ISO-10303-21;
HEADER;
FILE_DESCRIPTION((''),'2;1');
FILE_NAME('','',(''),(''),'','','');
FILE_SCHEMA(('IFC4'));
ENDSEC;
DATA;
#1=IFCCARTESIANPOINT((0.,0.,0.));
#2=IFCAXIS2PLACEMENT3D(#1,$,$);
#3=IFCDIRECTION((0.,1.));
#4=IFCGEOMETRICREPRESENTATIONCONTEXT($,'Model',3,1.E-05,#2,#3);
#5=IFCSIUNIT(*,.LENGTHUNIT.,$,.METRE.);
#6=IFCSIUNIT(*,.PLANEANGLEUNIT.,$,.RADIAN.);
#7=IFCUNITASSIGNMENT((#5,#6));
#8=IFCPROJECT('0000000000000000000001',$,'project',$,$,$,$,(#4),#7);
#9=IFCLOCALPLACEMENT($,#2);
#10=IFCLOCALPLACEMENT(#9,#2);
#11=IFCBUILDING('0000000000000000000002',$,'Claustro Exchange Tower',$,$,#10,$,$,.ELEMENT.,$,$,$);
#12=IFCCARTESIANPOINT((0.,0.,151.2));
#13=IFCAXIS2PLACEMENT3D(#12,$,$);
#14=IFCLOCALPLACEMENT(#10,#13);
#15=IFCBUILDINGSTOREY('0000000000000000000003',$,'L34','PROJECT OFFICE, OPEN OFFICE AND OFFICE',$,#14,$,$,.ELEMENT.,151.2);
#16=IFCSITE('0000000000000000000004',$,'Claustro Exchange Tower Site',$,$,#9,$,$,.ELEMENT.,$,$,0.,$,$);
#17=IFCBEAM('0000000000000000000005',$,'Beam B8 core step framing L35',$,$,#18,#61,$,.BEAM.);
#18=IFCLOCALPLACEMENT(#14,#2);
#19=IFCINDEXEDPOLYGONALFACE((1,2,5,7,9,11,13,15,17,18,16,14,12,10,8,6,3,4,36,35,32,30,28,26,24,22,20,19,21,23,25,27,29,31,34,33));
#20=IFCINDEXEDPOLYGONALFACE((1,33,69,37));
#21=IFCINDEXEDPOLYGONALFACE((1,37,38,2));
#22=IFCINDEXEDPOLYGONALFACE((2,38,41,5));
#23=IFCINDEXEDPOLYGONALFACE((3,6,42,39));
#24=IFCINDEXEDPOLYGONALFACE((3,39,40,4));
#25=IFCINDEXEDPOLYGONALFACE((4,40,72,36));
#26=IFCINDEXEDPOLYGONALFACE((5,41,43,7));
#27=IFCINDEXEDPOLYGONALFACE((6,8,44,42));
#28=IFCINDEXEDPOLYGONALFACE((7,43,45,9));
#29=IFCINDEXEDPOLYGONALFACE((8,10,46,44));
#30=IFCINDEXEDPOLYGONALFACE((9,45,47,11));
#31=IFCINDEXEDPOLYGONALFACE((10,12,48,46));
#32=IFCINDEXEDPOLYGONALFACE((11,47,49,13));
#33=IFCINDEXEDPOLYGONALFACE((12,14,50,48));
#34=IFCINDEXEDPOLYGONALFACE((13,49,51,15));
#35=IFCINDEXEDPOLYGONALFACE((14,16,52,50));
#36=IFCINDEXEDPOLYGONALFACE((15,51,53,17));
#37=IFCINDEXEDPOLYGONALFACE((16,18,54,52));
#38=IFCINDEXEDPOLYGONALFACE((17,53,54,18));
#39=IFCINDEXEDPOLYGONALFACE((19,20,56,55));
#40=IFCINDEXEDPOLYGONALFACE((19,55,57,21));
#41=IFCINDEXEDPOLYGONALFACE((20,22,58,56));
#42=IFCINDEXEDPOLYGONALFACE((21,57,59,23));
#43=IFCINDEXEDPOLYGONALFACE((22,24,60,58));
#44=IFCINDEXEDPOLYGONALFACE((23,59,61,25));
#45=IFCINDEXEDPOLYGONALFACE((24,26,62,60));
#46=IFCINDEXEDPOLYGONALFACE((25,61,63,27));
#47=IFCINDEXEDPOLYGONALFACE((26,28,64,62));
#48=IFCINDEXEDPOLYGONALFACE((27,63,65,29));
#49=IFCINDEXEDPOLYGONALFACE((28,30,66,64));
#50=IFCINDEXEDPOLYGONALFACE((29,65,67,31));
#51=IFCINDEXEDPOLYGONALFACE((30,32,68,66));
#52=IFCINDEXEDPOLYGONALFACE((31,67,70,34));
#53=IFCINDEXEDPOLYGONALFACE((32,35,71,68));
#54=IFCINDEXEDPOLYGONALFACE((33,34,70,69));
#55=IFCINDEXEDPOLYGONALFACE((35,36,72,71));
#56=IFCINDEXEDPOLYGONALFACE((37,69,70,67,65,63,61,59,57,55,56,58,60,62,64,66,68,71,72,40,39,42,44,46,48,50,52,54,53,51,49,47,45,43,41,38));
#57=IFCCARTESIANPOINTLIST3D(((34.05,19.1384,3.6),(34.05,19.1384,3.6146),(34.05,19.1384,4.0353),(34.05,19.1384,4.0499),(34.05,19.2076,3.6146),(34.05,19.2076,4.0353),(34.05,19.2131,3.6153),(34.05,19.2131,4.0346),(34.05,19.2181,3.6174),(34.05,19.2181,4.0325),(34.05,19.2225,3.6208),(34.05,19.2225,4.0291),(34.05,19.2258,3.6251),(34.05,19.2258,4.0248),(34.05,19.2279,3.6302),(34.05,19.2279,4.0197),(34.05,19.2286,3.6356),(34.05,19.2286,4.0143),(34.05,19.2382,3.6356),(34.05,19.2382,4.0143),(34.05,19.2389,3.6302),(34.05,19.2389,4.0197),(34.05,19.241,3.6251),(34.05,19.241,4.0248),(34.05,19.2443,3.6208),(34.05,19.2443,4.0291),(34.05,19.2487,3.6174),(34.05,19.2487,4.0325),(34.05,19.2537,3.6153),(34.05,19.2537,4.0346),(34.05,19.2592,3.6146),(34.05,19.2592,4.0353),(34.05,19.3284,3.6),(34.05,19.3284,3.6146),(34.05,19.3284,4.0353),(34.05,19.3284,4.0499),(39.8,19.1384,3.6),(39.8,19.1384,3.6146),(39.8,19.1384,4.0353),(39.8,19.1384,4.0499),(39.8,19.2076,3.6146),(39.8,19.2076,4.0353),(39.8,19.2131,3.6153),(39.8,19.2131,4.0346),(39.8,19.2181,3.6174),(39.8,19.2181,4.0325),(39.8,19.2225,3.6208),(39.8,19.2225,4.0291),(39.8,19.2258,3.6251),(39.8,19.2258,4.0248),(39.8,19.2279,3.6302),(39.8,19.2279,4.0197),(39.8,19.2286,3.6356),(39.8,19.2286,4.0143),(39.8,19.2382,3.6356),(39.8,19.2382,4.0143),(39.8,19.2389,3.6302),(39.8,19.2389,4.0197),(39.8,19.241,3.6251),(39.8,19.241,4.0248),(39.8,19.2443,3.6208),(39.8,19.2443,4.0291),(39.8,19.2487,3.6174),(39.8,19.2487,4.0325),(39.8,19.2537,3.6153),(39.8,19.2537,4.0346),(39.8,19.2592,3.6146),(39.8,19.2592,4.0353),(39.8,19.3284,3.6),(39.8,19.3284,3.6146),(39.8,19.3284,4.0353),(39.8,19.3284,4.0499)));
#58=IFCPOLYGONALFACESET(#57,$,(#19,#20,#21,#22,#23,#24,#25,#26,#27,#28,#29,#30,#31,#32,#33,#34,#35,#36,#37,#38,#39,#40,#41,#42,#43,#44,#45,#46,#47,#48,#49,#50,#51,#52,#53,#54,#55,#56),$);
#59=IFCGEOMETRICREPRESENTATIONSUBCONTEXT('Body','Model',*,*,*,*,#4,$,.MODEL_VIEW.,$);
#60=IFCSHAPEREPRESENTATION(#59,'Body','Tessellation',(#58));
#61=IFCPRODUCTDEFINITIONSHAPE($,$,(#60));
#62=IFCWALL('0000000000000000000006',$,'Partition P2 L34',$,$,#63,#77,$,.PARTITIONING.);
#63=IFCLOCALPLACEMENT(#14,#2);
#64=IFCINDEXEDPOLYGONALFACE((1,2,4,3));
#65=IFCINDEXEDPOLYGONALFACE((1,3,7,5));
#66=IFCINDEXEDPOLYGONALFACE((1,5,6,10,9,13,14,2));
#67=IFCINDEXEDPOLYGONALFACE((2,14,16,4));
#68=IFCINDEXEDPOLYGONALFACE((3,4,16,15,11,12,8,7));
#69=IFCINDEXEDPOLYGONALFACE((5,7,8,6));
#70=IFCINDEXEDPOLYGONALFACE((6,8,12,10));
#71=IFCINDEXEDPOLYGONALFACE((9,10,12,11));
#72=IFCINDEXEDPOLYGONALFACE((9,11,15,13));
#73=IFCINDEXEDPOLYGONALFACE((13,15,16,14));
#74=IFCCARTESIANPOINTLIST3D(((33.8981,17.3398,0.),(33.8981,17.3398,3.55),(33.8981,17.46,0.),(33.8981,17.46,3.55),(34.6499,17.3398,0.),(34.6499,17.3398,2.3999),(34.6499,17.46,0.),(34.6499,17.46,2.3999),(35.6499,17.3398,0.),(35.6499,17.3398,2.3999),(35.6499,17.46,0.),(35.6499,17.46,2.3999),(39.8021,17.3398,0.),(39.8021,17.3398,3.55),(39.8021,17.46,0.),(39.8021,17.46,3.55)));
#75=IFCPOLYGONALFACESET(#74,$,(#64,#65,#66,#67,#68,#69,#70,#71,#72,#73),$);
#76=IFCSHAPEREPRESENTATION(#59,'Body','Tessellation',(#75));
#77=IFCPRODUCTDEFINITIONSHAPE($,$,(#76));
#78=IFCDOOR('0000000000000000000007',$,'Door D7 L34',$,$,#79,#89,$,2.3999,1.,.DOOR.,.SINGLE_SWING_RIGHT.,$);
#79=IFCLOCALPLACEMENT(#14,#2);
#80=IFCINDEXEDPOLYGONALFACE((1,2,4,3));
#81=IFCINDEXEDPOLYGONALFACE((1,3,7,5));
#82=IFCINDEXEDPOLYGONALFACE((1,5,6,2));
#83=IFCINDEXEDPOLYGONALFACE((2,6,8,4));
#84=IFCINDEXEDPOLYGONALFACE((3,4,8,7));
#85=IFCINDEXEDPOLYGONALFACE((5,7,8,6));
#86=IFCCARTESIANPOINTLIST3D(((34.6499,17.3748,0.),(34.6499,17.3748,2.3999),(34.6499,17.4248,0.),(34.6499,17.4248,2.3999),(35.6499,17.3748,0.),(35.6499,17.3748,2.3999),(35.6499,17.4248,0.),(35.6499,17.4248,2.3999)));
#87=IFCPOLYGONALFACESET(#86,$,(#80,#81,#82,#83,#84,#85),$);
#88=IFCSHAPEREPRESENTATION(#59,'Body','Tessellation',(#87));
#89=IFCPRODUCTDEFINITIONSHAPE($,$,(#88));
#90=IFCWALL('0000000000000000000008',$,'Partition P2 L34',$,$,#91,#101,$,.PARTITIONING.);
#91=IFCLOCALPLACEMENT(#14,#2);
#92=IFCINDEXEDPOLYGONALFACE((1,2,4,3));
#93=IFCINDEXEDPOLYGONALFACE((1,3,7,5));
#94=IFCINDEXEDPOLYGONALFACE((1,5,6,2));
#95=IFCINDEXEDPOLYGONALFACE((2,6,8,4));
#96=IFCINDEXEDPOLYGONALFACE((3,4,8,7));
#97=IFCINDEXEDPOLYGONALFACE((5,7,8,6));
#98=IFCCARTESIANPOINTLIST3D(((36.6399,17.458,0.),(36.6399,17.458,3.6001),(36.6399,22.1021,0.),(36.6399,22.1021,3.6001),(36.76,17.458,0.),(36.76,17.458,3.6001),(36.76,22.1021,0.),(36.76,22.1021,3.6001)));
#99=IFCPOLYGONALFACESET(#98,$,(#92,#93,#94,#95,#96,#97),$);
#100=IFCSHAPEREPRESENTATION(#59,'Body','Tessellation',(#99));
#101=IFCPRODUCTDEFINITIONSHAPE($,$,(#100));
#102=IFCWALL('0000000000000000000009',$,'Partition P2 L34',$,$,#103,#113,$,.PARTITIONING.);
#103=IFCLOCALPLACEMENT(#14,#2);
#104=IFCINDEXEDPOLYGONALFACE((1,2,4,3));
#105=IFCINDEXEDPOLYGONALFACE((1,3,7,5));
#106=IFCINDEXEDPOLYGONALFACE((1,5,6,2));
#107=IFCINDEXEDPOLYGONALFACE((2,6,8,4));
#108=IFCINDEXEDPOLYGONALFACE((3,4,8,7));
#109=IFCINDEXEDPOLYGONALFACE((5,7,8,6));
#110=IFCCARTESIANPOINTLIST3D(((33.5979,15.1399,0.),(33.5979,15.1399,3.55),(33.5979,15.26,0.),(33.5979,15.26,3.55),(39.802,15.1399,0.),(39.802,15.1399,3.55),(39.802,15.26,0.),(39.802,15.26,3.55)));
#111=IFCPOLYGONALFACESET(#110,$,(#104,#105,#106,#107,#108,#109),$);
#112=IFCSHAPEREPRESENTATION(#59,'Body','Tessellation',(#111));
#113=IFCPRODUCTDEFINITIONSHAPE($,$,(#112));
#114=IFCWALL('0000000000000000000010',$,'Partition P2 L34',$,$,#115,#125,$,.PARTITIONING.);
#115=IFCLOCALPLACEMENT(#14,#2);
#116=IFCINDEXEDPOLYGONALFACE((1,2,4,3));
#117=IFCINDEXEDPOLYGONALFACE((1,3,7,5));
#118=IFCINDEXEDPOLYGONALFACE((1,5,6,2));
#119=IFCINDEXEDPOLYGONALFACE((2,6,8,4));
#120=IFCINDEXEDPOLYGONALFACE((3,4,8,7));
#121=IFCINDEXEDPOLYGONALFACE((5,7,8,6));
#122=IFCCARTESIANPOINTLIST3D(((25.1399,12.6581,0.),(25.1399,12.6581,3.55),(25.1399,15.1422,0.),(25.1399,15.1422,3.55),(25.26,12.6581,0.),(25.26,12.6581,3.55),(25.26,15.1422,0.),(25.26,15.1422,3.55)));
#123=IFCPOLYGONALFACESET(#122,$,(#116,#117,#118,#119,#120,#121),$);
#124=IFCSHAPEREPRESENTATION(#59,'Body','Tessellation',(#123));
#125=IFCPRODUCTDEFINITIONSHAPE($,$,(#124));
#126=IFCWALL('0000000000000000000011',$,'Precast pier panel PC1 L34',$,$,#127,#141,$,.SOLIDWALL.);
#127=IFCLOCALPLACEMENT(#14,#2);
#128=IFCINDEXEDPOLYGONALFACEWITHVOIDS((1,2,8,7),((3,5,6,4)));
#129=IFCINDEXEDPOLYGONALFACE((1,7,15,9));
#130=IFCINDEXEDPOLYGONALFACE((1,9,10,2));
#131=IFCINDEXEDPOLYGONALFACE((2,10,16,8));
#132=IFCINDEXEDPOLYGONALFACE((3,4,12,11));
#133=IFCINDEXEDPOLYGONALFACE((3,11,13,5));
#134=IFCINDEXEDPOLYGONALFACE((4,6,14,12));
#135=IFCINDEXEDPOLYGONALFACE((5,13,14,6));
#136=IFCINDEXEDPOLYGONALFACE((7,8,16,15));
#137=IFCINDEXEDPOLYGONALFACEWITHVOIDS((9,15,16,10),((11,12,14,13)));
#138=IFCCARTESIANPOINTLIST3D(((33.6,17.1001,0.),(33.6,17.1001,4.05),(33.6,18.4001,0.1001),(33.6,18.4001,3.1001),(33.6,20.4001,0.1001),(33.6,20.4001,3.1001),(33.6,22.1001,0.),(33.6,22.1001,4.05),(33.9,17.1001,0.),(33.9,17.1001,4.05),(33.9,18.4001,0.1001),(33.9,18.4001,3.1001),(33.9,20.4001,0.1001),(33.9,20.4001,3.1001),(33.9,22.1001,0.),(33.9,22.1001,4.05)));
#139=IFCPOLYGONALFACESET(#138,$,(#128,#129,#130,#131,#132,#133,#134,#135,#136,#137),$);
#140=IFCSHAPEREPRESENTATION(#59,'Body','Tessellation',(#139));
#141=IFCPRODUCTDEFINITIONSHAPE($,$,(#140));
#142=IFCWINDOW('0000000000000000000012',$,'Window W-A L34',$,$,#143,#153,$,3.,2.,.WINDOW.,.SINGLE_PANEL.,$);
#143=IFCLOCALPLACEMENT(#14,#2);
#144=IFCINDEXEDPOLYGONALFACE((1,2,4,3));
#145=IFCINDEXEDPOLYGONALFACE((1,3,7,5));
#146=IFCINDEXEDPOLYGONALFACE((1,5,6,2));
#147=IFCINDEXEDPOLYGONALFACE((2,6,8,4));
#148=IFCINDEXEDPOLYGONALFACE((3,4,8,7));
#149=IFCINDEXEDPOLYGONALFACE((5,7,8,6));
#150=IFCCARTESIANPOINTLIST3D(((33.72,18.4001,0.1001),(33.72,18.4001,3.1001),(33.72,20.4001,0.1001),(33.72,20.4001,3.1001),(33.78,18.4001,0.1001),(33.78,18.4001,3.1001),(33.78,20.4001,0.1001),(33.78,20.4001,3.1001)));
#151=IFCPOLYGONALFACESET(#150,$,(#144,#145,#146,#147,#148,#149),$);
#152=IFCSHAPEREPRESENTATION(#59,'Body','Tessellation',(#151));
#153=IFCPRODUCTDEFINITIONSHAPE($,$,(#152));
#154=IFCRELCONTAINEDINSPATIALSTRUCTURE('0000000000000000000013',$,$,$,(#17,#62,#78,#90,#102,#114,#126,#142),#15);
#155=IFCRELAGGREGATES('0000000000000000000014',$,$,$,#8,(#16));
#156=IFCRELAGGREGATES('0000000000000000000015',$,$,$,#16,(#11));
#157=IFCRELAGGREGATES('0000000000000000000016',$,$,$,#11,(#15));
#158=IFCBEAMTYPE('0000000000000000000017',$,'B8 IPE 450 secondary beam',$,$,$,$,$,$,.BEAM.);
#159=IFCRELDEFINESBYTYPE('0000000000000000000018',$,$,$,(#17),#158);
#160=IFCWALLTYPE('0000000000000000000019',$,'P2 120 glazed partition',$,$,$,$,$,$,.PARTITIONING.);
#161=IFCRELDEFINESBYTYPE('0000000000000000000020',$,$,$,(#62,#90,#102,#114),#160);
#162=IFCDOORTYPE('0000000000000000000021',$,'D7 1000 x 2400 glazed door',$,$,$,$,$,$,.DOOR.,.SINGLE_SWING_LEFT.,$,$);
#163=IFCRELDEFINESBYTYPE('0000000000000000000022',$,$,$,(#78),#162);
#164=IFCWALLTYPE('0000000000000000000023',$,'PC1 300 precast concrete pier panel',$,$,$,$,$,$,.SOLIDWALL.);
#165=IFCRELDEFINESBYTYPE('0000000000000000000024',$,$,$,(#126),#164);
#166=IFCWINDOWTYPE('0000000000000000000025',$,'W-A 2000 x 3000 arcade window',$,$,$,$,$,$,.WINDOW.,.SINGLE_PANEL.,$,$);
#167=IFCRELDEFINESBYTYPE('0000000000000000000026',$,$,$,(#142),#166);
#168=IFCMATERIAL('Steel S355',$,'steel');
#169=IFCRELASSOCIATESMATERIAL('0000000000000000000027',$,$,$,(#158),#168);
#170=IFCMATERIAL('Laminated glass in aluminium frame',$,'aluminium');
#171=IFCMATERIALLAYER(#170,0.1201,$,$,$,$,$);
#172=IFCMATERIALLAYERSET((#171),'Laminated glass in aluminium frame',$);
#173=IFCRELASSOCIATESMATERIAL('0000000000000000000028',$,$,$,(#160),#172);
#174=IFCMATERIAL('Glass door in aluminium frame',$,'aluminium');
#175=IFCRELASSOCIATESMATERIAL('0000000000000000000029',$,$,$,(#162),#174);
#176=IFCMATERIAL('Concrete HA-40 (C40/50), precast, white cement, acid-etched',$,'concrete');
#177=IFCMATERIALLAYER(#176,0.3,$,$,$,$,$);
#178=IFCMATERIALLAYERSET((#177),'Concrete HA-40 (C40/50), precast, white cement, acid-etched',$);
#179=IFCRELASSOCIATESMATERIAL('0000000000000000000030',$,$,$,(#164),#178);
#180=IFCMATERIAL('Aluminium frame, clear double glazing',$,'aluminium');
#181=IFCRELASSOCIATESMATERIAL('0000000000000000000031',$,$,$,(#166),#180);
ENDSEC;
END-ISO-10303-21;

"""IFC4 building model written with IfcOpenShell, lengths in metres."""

from ifc_helpers import new_model, si_unit, direction, frame, frame_2d, origin, origin_2d, place, context, subcontext, project, spatial, rectangle, i_section, extrude, material, layer, layer_set, material_profile, profile_set, type_object, element, fill, save


model = new_model("IFC4")

# Units and contexts
model_context = context("Model", 3, precision=1e-05, world=origin(), true_north=direction((0.0, 1.0)))
body_context = subcontext(model_context, "Body", "Model", "MODEL_VIEW")
ifc_project = project(units=[si_unit("LENGTHUNIT", "METRE"), si_unit("PLANEANGLEUNIT", "RADIAN")], contexts=[model_context])

# Site, building, storey
site_placement = place(None, origin())
site = spatial("IfcSite", under=ifc_project, at=site_placement, Name="Claustro Exchange Tower Site", CompositionType="ELEMENT", RefElevation=0.0)
building_placement = place(site_placement, origin())
building = spatial("IfcBuilding", under=site, at=building_placement, Name="Claustro Exchange Tower", CompositionType="ELEMENT")
storey_placement = place(building_placement, frame((0.0, 0.0, 151.2)))
storey = spatial("IfcBuildingStorey", under=building, at=storey_placement, Name="L34", Description="PROJECT OFFICE, OPEN OFFICE AND OFFICE", CompositionType="ELEMENT", Elevation=151.2)

# Beam
ifc_material_1 = material(Name="Steel S355", Category="steel")
ifc_material_profile_1 = material_profile(ifc_material_1, i_section(OverallWidth=0.1899, OverallDepth=0.45, WebThickness=0.0095, FlangeThickness=0.0146, FilletRadius=0.021, at=origin_2d()), Name="IPE 450")
ifc_profile_set_1 = profile_set([ifc_material_profile_1], Name="Steel S355")
beam_type_1 = type_object("IfcBeamType", Name="B8 IPE 450 secondary beam", PredefinedType="BEAM", material=ifc_profile_set_1)
for number, where, z_axis, x_axis, name in (
    (1, (34.05, 19.2334, 3.825), (1.0, 0.0, 0.0), (0.0, 1.0, 0.0), "Beam B8 core step framing L35"),
):
    element("IfcBeam", number, at=place(storey_placement, frame(where, z_axis=z_axis, x_axis=x_axis)), inside=storey, type_object=beam_type_1, Name=name, PredefinedType="BEAM", context=body_context, shape_type="SweptSolid", body=[
        extrude(i_section(OverallWidth=0.1899, OverallDepth=0.45, WebThickness=0.0095, FlangeThickness=0.0146, FilletRadius=0.021, at=origin_2d()), origin(), (0.0, 0.0, 1.0), 5.75),
    ])

# Wall, opening, door
ifc_material_2 = material(Name="Laminated glass in aluminium frame", Category="aluminium")
ifc_layer_1 = layer(ifc_material_2, 0.1201)
ifc_layer_set_1 = layer_set([ifc_layer_1], Name="Laminated glass in aluminium frame")
wall_type_1 = type_object("IfcWallType", Name="P2 120 glazed partition", PredefinedType="PARTITIONING", material=ifc_layer_set_1)
wall_1_placement = place(storey_placement, frame((33.8979, 17.3999, 0.0), z_axis=(0.0, 0.0, 1.0), x_axis=(1.0, 0.0, 0.0)))
wall_1 = element("IfcWall", 2, at=wall_1_placement, inside=storey, type_object=wall_type_1, Name="Partition P2 L34", PredefinedType="PARTITIONING", context=body_context, shape_type="SweptSolid", body=[
    extrude(rectangle(XDim=5.9041, YDim=0.1201, at=frame_2d((2.9521, 0.0))), origin(), (0.0, 0.0, 1.0), 3.55),
])
opening_1_placement = place(wall_1_placement, frame((0.752, 0.0, 0.0)))
opening_1 = element("IfcOpeningElement", 3, at=opening_1_placement, cuts=wall_1, PredefinedType="OPENING", context=body_context, shape_type="SweptSolid", body=[
    extrude(rectangle(XDim=1.0, YDim=2.3999, at=frame_2d((0.5, 1.2))), frame((0.0, 0.0701, 0.0), z_axis=(0.0, -1.0, 0.0), x_axis=(1.0, 0.0, 0.0)), (0.0, 0.0, 1.0), 0.1401),
])
ifc_material_3 = material(Name="Glass door in aluminium frame", Category="aluminium")
door_type_1 = type_object("IfcDoorType", Name="D7 1000 x 2400 glazed door", OperationType="SINGLE_SWING_LEFT", PredefinedType="DOOR", material=ifc_material_3)
door_1_placement = place(opening_1_placement, origin())
door_1 = element("IfcDoor", 4, at=door_1_placement, inside=storey, type_object=door_type_1, Name="Door D7 L34", OperationType="SINGLE_SWING_RIGHT", OverallHeight=2.3999, OverallWidth=1.0, PredefinedType="DOOR", context=body_context, shape_type="SweptSolid", body=[
    extrude(rectangle(XDim=1.0, YDim=2.3999, at=frame_2d((0.5, 1.2))), frame((0.0, 0.0249, 0.0), z_axis=(0.0, -1.0, 0.0), x_axis=(1.0, 0.0, 0.0)), (0.0, 0.0, 1.0), 0.05),
])
fill(opening_1, door_1)

# Walls
wall_2_placement = place(storey_placement, frame((36.7, 17.458, 0.0), z_axis=(0.0, 0.0, 1.0), x_axis=(0.0, 1.0, 0.0)))
element("IfcWall", 5, at=wall_2_placement, inside=storey, type_object=wall_type_1, Name="Partition P2 L34", PredefinedType="PARTITIONING", context=body_context, shape_type="SweptSolid", body=[
    extrude(rectangle(XDim=4.644, YDim=0.1201, at=frame_2d((2.322, 0.0))), origin(), (0.0, 0.0, 1.0), 3.6001),
])
wall_3_placement = place(storey_placement, frame((33.5979, 15.2, 0.0), z_axis=(0.0, 0.0, 1.0), x_axis=(1.0, 0.0, 0.0)))
element("IfcWall", 6, at=wall_3_placement, inside=storey, type_object=wall_type_1, Name="Partition P2 L34", PredefinedType="PARTITIONING", context=body_context, shape_type="SweptSolid", body=[
    extrude(rectangle(XDim=6.2041, YDim=0.1201, at=frame_2d((3.1021, 0.0))), origin(), (0.0, 0.0, 1.0), 3.55),
])
wall_4_placement = place(storey_placement, frame((25.2, 12.658, 0.0), z_axis=(0.0, 0.0, 1.0), x_axis=(0.0, 1.0, 0.0)))
element("IfcWall", 7, at=wall_4_placement, inside=storey, type_object=wall_type_1, Name="Partition P2 L34", PredefinedType="PARTITIONING", context=body_context, shape_type="SweptSolid", body=[
    extrude(rectangle(XDim=2.4841, YDim=0.1201, at=frame_2d((1.2422, 0.0))), origin(), (0.0, 0.0, 1.0), 3.55),
])

# Wall, opening, window
ifc_material_4 = material(Name="Concrete HA-40 (C40/50), precast, white cement, acid-etched", Category="concrete")
ifc_layer_2 = layer(ifc_material_4, 0.3)
ifc_layer_set_2 = layer_set([ifc_layer_2], Name="Concrete HA-40 (C40/50), precast, white cement, acid-etched")
wall_type_2 = type_object("IfcWallType", Name="PC1 300 precast concrete pier panel", PredefinedType="SOLIDWALL", material=ifc_layer_set_2)
wall_5_placement = place(storey_placement, frame((33.75, 17.1001, 0.0), z_axis=(0.0, 0.0, 1.0), x_axis=(0.0, 1.0, 0.0)))
wall_5 = element("IfcWall", 8, at=wall_5_placement, inside=storey, type_object=wall_type_2, Name="Precast pier panel PC1 L34", PredefinedType="SOLIDWALL", context=body_context, shape_type="SweptSolid", body=[
    extrude(rectangle(XDim=5.0, YDim=0.3, at=frame_2d((2.5, 0.0))), origin(), (0.0, 0.0, 1.0), 4.05),
])
opening_2_placement = place(wall_5_placement, frame((1.3, 0.0, 0.1001)))
opening_2 = element("IfcOpeningElement", 9, at=opening_2_placement, cuts=wall_5, PredefinedType="OPENING", context=body_context, shape_type="SweptSolid", body=[
    extrude(rectangle(XDim=2.0, YDim=3.0, at=frame_2d((1.0, 1.5))), frame((0.0, 0.1599, 0.0), z_axis=(0.0, -1.0, 0.0), x_axis=(1.0, 0.0, 0.0)), (0.0, 0.0, 1.0), 0.3201),
])
ifc_material_5 = material(Name="Aluminium frame, clear double glazing", Category="aluminium")
window_type = type_object("IfcWindowType", Name="W-A 2000 x 3000 arcade window", PartitioningType="SINGLE_PANEL", PredefinedType="WINDOW", material=ifc_material_5)
window_1_placement = place(opening_2_placement, origin())
window_1 = element("IfcWindow", 10, at=window_1_placement, inside=storey, type_object=window_type, Name="Window W-A L34", OverallHeight=3.0, OverallWidth=2.0, PartitioningType="SINGLE_PANEL", PredefinedType="WINDOW", context=body_context, shape_type="SweptSolid", body=[
    extrude(rectangle(XDim=2.0, YDim=3.0, at=frame_2d((1.0, 1.5))), frame((0.0, 0.03, 0.0), z_axis=(0.0, -1.0, 0.0), x_axis=(1.0, 0.0, 0.0)), (0.0, 0.0, 1.0), 0.0601),
])
fill(opening_2, window_1)

save(model, "model.ifc")
